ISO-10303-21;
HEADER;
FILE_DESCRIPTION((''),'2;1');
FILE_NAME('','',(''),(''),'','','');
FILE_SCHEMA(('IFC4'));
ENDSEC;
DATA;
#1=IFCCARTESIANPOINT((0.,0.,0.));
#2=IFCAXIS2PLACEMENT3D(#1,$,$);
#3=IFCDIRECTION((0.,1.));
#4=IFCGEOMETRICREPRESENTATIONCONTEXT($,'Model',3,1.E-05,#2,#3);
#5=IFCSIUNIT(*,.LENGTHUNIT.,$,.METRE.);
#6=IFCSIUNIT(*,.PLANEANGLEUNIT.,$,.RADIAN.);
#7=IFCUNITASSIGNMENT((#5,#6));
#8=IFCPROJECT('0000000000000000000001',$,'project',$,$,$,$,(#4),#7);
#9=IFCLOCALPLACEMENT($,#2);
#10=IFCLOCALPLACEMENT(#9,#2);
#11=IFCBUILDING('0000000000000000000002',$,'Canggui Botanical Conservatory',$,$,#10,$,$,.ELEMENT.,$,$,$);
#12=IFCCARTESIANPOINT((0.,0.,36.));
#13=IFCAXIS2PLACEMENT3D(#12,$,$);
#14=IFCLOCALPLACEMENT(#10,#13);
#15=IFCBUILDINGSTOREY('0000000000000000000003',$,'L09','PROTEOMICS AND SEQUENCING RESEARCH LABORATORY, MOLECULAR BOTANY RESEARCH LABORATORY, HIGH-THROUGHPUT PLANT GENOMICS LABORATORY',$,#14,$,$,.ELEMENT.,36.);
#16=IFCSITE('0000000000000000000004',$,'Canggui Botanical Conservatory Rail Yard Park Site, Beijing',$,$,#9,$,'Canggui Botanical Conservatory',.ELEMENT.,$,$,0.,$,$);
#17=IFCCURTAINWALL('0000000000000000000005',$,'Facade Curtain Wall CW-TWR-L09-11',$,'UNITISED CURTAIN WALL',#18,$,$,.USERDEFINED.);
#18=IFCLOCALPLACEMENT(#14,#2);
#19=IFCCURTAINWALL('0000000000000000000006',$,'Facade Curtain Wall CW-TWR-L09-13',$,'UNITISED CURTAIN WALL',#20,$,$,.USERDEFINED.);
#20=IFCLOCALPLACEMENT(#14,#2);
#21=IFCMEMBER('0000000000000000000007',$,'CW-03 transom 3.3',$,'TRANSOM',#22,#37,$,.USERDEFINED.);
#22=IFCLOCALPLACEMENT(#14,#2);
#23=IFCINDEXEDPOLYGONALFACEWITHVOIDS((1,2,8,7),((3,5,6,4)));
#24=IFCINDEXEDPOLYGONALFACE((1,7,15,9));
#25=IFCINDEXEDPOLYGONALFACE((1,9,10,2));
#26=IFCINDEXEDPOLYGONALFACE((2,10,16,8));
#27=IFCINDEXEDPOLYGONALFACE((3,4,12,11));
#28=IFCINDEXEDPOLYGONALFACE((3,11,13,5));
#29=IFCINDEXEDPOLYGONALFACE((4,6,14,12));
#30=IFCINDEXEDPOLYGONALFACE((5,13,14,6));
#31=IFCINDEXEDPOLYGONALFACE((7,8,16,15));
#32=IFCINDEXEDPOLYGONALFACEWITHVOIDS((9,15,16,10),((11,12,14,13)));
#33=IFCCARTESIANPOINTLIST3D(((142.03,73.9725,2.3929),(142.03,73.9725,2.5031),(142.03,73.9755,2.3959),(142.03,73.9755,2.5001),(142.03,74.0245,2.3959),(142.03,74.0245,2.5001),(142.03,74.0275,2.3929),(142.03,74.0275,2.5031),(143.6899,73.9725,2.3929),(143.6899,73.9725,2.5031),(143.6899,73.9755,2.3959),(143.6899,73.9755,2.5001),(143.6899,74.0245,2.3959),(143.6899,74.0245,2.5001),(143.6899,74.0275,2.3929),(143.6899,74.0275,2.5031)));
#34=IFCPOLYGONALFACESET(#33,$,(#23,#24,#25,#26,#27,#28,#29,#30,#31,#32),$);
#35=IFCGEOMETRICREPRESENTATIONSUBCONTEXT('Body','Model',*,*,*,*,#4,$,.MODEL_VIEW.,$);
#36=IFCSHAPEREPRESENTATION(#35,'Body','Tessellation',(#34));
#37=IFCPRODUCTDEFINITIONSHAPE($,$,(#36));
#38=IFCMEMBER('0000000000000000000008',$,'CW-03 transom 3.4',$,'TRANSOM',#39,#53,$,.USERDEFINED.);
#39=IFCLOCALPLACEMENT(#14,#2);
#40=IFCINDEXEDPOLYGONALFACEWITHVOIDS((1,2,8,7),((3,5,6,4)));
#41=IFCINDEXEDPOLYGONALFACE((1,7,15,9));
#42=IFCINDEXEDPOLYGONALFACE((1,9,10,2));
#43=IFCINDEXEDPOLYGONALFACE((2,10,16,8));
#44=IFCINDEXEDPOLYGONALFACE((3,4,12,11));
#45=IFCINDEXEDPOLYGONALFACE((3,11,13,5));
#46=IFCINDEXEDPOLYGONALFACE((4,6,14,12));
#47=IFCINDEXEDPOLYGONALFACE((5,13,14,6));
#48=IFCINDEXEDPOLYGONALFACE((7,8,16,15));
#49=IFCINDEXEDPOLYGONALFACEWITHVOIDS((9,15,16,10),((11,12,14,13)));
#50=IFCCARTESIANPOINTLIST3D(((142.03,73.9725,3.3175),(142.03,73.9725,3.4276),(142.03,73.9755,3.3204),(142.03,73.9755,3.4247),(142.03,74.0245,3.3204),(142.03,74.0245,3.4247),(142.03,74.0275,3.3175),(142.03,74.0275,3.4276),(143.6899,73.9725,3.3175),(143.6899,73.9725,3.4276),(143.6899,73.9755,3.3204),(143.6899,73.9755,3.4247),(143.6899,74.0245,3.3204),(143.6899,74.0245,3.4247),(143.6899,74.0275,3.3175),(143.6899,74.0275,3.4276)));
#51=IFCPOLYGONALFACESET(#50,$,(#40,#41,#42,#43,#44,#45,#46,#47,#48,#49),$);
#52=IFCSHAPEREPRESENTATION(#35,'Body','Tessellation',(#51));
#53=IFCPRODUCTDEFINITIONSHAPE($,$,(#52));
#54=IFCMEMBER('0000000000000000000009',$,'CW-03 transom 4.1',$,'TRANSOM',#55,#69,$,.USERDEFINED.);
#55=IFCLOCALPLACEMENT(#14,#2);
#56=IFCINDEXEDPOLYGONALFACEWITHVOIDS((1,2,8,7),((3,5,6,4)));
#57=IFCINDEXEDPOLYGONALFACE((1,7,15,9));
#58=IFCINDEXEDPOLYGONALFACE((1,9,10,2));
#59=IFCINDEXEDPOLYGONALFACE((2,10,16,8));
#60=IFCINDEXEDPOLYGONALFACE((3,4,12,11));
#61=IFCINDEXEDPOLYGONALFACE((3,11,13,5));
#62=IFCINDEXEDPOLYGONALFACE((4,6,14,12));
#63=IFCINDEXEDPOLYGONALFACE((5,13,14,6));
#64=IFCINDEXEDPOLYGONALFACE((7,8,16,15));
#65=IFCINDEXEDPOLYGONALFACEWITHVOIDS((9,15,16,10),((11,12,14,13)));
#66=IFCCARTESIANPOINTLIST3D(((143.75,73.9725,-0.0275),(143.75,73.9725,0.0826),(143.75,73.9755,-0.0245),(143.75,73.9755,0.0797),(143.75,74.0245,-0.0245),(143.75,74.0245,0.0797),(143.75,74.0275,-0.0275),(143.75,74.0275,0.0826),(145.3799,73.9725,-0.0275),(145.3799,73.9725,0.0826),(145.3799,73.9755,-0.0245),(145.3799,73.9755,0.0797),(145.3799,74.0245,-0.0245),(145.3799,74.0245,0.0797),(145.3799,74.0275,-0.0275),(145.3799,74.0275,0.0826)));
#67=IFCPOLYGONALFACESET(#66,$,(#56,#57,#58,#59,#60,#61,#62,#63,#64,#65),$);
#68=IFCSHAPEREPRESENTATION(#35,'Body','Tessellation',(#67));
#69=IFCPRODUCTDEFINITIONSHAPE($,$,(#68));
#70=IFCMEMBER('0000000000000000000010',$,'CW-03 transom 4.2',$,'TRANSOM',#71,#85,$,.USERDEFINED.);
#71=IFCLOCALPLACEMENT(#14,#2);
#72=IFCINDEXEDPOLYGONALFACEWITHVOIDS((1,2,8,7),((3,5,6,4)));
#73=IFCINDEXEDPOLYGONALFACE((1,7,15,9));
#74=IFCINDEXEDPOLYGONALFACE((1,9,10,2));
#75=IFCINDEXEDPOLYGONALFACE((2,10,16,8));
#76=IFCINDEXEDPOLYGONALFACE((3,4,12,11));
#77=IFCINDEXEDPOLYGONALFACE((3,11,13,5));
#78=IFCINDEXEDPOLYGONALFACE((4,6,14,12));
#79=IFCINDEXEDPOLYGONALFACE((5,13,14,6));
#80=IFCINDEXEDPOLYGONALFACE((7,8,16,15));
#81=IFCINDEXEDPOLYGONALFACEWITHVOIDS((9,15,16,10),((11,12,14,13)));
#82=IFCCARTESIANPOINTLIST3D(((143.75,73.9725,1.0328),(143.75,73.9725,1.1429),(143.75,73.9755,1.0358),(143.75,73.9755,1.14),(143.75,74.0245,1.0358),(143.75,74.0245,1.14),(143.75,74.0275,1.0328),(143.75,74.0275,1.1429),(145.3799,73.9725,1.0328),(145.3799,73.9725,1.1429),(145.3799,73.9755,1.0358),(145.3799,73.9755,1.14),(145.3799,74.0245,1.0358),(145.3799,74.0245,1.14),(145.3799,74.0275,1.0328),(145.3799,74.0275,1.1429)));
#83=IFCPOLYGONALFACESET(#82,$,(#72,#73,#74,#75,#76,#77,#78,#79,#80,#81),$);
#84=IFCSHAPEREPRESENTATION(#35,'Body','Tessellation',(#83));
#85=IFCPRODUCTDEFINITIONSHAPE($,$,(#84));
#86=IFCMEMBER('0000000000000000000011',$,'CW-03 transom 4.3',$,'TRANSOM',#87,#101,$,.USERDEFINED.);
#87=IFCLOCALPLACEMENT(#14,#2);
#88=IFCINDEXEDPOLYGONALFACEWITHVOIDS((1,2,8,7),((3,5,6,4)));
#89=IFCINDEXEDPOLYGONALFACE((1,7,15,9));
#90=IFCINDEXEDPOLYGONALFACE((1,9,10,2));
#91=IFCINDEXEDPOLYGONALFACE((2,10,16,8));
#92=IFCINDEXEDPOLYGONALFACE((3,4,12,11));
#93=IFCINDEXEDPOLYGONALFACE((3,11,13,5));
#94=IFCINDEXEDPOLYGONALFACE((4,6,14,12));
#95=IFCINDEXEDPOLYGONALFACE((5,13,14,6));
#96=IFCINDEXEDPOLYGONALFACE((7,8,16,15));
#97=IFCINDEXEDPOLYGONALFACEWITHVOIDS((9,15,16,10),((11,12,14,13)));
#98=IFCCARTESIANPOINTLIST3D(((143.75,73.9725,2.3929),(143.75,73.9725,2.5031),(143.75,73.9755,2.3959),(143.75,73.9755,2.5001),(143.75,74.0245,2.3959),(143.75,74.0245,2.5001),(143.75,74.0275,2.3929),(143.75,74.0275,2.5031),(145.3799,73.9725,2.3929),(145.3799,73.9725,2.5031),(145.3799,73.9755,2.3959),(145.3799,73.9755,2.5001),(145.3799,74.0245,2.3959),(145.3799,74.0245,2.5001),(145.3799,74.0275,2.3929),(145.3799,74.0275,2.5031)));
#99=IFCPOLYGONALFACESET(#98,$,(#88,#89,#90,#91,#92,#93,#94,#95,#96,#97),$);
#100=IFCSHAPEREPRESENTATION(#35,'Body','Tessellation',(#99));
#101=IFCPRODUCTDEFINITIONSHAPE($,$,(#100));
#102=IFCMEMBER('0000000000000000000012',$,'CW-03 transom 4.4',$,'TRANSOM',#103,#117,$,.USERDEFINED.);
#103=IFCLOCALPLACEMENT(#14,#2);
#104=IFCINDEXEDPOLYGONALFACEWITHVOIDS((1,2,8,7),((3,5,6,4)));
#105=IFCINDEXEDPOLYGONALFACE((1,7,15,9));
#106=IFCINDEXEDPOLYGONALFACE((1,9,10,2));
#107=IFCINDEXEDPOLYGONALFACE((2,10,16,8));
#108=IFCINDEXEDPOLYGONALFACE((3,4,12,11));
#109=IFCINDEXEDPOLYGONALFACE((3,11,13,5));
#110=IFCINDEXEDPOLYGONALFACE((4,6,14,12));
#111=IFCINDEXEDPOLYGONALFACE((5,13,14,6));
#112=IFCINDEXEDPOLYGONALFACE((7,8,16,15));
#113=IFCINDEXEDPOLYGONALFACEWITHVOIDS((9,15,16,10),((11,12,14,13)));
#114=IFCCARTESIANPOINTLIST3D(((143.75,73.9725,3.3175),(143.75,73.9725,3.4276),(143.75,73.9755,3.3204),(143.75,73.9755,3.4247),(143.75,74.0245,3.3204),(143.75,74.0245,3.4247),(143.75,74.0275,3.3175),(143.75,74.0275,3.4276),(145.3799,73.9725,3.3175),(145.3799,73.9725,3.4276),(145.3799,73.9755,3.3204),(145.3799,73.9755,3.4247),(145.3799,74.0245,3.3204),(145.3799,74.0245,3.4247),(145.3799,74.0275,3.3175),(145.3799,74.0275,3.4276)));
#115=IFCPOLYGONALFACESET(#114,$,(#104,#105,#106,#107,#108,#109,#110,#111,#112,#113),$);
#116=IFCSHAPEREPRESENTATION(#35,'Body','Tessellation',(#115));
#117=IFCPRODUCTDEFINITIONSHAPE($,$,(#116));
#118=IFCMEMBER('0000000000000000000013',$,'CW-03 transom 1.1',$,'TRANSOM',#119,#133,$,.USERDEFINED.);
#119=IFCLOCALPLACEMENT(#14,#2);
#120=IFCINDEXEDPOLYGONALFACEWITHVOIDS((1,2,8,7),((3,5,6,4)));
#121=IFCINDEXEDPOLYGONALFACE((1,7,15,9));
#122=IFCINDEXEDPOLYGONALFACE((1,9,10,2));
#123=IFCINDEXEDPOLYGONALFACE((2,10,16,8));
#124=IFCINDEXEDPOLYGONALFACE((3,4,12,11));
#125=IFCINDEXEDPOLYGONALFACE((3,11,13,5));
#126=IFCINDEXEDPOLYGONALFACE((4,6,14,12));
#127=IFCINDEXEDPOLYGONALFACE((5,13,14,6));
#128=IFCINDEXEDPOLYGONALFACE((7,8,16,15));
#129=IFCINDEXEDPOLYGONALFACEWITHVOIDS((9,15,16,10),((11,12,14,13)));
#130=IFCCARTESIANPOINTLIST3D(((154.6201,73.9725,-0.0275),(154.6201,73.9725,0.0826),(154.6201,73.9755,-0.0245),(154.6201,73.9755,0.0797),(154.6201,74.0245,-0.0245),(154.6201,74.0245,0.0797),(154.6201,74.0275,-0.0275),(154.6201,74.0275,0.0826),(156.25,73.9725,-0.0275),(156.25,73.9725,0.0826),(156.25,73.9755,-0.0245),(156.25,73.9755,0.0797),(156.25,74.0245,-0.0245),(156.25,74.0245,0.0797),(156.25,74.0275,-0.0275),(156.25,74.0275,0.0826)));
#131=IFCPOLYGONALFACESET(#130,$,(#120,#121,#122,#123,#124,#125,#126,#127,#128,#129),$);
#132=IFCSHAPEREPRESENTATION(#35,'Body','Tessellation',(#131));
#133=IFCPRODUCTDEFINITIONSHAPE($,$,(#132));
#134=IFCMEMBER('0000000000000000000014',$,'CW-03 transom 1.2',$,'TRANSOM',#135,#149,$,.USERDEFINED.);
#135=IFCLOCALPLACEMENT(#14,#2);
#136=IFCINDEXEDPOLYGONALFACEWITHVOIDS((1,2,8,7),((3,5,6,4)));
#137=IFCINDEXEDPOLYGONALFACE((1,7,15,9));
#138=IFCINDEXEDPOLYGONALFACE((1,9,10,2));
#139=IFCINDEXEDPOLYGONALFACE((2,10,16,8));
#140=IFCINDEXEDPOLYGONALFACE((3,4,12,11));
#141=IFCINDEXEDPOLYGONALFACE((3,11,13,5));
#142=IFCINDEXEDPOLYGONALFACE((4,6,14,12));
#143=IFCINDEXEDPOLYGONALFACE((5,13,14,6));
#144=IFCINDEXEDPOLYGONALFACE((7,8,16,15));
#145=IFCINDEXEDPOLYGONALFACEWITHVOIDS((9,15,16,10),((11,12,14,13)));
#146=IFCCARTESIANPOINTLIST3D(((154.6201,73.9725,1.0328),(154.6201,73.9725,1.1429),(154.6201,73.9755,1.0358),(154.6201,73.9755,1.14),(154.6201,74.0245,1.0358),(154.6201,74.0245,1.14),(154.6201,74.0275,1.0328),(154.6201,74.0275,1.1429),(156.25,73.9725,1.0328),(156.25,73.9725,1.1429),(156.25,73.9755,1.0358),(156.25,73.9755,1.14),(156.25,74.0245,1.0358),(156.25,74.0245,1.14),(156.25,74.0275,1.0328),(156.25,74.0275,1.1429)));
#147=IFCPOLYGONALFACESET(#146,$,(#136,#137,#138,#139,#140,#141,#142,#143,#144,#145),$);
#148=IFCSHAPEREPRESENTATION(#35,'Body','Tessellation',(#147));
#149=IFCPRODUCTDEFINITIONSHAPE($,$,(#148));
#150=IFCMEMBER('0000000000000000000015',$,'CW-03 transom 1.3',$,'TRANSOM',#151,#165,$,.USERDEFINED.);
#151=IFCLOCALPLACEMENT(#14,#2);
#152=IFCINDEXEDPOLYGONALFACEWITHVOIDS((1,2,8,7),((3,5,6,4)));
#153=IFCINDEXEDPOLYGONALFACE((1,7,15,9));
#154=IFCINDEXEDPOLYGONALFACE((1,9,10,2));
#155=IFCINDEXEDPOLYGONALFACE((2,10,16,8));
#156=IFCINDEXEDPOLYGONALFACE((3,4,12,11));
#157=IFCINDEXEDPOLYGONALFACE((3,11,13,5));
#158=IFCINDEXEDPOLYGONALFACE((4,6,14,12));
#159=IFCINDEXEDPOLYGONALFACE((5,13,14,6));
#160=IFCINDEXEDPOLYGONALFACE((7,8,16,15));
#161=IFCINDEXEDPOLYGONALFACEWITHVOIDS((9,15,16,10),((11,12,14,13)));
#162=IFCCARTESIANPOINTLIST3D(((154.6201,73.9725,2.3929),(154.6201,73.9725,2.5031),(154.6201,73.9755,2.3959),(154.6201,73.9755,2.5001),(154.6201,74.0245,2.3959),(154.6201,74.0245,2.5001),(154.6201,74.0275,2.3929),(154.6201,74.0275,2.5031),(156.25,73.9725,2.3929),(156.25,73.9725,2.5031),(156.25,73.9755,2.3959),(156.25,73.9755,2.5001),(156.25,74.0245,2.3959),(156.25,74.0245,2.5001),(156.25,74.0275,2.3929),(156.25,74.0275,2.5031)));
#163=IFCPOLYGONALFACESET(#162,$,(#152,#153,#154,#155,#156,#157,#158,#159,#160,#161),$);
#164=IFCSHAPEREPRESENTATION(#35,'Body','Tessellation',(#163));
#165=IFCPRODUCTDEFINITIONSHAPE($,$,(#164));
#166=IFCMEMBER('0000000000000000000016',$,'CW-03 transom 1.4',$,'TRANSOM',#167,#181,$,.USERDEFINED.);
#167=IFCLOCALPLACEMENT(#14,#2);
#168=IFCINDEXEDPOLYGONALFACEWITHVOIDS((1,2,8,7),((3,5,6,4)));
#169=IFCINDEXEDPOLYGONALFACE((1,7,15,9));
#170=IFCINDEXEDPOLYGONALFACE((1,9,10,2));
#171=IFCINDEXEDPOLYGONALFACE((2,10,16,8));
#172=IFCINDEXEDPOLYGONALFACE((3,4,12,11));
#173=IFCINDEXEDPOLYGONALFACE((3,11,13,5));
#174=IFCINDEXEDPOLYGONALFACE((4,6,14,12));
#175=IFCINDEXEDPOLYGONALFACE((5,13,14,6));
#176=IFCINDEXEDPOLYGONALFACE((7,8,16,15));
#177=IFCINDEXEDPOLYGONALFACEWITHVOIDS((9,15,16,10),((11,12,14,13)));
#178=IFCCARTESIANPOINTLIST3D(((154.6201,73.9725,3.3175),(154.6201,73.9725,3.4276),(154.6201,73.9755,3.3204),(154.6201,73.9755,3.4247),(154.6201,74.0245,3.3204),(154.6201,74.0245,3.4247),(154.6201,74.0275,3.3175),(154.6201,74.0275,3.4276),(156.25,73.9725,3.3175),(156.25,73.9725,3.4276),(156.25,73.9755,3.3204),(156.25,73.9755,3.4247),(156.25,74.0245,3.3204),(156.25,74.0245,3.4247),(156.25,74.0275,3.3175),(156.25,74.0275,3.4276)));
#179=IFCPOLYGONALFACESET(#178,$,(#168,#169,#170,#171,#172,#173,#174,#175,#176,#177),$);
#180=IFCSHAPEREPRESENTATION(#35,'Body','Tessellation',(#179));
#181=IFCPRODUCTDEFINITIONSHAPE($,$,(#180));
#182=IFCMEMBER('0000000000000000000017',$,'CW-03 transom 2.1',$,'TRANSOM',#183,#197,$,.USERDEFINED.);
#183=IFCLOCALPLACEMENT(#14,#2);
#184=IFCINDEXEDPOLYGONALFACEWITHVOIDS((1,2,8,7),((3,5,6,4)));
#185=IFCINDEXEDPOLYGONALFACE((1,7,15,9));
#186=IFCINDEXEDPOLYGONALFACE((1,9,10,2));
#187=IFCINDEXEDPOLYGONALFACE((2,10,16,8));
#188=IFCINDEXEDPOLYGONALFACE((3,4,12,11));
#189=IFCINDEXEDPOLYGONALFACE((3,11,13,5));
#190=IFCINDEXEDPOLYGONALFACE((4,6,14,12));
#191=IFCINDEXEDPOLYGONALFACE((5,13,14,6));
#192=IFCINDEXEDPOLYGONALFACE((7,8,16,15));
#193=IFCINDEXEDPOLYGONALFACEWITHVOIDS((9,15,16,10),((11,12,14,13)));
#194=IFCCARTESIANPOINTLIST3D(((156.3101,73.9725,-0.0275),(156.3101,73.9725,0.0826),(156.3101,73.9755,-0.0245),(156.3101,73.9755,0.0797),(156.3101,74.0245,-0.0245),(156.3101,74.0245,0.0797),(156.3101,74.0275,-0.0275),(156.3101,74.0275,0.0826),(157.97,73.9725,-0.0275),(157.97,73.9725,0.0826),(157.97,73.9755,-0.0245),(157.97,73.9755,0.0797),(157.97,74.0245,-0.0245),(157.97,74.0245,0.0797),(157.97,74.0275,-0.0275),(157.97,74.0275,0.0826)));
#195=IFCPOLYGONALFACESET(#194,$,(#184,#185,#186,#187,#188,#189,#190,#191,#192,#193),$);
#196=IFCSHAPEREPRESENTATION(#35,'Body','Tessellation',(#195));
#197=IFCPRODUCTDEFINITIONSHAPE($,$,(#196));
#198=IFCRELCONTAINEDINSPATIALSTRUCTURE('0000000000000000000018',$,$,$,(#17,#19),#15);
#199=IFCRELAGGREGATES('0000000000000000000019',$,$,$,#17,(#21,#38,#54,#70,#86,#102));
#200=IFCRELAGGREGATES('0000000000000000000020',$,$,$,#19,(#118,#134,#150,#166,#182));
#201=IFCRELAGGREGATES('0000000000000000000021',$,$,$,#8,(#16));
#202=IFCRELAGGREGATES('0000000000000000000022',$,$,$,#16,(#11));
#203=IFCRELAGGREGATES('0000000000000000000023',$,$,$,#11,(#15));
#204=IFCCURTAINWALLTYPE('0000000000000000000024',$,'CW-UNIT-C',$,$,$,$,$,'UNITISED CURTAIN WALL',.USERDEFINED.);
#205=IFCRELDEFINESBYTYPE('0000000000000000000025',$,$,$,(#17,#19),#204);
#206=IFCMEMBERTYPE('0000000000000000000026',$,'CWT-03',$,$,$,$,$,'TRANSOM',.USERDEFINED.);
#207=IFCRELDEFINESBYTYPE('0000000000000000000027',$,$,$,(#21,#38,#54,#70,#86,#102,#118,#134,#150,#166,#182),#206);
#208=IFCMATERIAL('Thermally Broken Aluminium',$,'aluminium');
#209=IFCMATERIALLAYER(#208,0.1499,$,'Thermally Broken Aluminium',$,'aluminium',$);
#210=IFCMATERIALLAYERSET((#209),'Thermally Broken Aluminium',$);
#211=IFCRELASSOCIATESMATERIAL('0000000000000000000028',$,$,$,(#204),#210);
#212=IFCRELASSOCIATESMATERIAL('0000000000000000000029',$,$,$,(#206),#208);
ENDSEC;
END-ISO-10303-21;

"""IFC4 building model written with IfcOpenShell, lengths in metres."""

from ifc_helpers import new_model, si_unit, direction, frame, origin, origin_2d, place, context, subcontext, project, spatial, hollow_rectangle, extrude, material, layer, layer_set, material_profile, profile_set, type_object, element, aggregate, save


model = new_model("IFC4")

# Units and contexts
model_context = context("Model", 3, precision=1e-05, world=origin(), true_north=direction((0.0, 1.0)))
body_context = subcontext(model_context, "Body", "Model", "MODEL_VIEW")
ifc_project = project(units=[si_unit("LENGTHUNIT", "METRE"), si_unit("PLANEANGLEUNIT", "RADIAN")], contexts=[model_context])

# Site, building, storey
site_placement = place(None, origin())
site = spatial("IfcSite", under=ifc_project, at=site_placement, Name="Canggui Botanical Conservatory Rail Yard Park Site, Beijing", LongName="Canggui Botanical Conservatory", CompositionType="ELEMENT", RefElevation=0.0)
building_placement = place(site_placement, origin())
building = spatial("IfcBuilding", under=site, at=building_placement, Name="Canggui Botanical Conservatory", CompositionType="ELEMENT")
storey_placement = place(building_placement, frame((0.0, 0.0, 36.0)))
storey = spatial("IfcBuildingStorey", under=building, at=storey_placement, Name="L09", Description="PROTEOMICS AND SEQUENCING RESEARCH LABORATORY, MOLECULAR BOTANY RESEARCH LABORATORY, HIGH-THROUGHPUT PLANT GENOMICS LABORATORY", CompositionType="ELEMENT", Elevation=36.0)

# Curtain walls
ifc_material_1 = material(Name="Thermally Broken Aluminium", Category="aluminium")
ifc_layer_1 = layer(ifc_material_1, 0.1499, Name="Thermally Broken Aluminium", Category="aluminium")
ifc_layer_set_1 = layer_set([ifc_layer_1], Name="Thermally Broken Aluminium")
curtain_wall_type = type_object("IfcCurtainWallType", Name="CW-UNIT-C", ElementType="UNITISED CURTAIN WALL", PredefinedType="USERDEFINED", material=ifc_layer_set_1)
curtain_wall_1_placement = place(storey_placement, origin())
curtain_wall_1 = element("IfcCurtainWall", 1, at=curtain_wall_1_placement, inside=storey, type_object=curtain_wall_type, Name="Facade Curtain Wall CW-TWR-L09-11", ObjectType="UNITISED CURTAIN WALL", PredefinedType="USERDEFINED")
curtain_wall_2_placement = place(storey_placement, origin())
curtain_wall_2 = element("IfcCurtainWall", 2, at=curtain_wall_2_placement, inside=storey, type_object=curtain_wall_type, Name="Facade Curtain Wall CW-TWR-L09-13", ObjectType="UNITISED CURTAIN WALL", PredefinedType="USERDEFINED")

# Members
ifc_material_profile_1 = material_profile(ifc_material_1, hollow_rectangle(XDim=0.0549, YDim=0.1101, WallThickness=0.0029, at=origin_2d()), Name="CWT 55x110x3")
ifc_profile_set_1 = profile_set([ifc_material_profile_1], Name="Thermally Broken Aluminium")
member_type_1 = type_object("IfcMemberType", Name="CWT-03", ElementType="TRANSOM", PredefinedType="USERDEFINED", material=ifc_profile_set_1)
member_1_placement = place(storey_placement, frame((142.03, 74.0, 2.448), z_axis=(1.0, 0.0, 0.0), x_axis=(0.0, 1.0, 0.0)))
member_1 = element("IfcMember", 3, at=member_1_placement, type_object=member_type_1, Name="CW-03 transom 3.3", ObjectType="TRANSOM", PredefinedType="USERDEFINED", context=body_context, shape_type="SweptSolid", body=[
    extrude(hollow_rectangle(XDim=0.0549, YDim=0.1101, WallThickness=0.0029, at=origin_2d()), origin(), (0.0, 0.0, 1.0), 1.6599),
])
member_2_placement = place(storey_placement, frame((142.03, 74.0, 3.3726), z_axis=(1.0, 0.0, 0.0), x_axis=(0.0, 1.0, 0.0)))
member_2 = element("IfcMember", 4, at=member_2_placement, type_object=member_type_1, Name="CW-03 transom 3.4", ObjectType="TRANSOM", PredefinedType="USERDEFINED", context=body_context, shape_type="SweptSolid", body=[
    extrude(hollow_rectangle(XDim=0.0549, YDim=0.1101, WallThickness=0.0029, at=origin_2d()), origin(), (0.0, 0.0, 1.0), 1.6599),
])
member_3_placement = place(storey_placement, frame((143.75, 74.0, 0.0276), z_axis=(1.0, 0.0, 0.0), x_axis=(0.0, 1.0, 0.0)))
member_3 = element("IfcMember", 5, at=member_3_placement, type_object=member_type_1, Name="CW-03 transom 4.1", ObjectType="TRANSOM", PredefinedType="USERDEFINED", context=body_context, shape_type="SweptSolid", body=[
    extrude(hollow_rectangle(XDim=0.0549, YDim=0.1101, WallThickness=0.0029, at=origin_2d()), origin(), (0.0, 0.0, 1.0), 1.6299),
])
member_4_placement = place(storey_placement, frame((143.75, 74.0, 1.0879), z_axis=(1.0, 0.0, 0.0), x_axis=(0.0, 1.0, 0.0)))
member_4 = element("IfcMember", 6, at=member_4_placement, type_object=member_type_1, Name="CW-03 transom 4.2", ObjectType="TRANSOM", PredefinedType="USERDEFINED", context=body_context, shape_type="SweptSolid", body=[
    extrude(hollow_rectangle(XDim=0.0549, YDim=0.1101, WallThickness=0.0029, at=origin_2d()), origin(), (0.0, 0.0, 1.0), 1.6299),
])
member_5_placement = place(storey_placement, frame((143.75, 74.0, 2.448), z_axis=(1.0, 0.0, 0.0), x_axis=(0.0, 1.0, 0.0)))
member_5 = element("IfcMember", 7, at=member_5_placement, type_object=member_type_1, Name="CW-03 transom 4.3", ObjectType="TRANSOM", PredefinedType="USERDEFINED", context=body_context, shape_type="SweptSolid", body=[
    extrude(hollow_rectangle(XDim=0.0549, YDim=0.1101, WallThickness=0.0029, at=origin_2d()), origin(), (0.0, 0.0, 1.0), 1.6299),
])
member_6_placement = place(storey_placement, frame((143.75, 74.0, 3.3726), z_axis=(1.0, 0.0, 0.0), x_axis=(0.0, 1.0, 0.0)))
member_6 = element("IfcMember", 8, at=member_6_placement, type_object=member_type_1, Name="CW-03 transom 4.4", ObjectType="TRANSOM", PredefinedType="USERDEFINED", context=body_context, shape_type="SweptSolid", body=[
    extrude(hollow_rectangle(XDim=0.0549, YDim=0.1101, WallThickness=0.0029, at=origin_2d()), origin(), (0.0, 0.0, 1.0), 1.6299),
])
member_7_placement = place(storey_placement, frame((154.6201, 74.0, 0.0276), z_axis=(1.0, 0.0, 0.0), x_axis=(0.0, 1.0, 0.0)))
member_7 = element("IfcMember", 9, at=member_7_placement, type_object=member_type_1, Name="CW-03 transom 1.1", ObjectType="TRANSOM", PredefinedType="USERDEFINED", context=body_context, shape_type="SweptSolid", body=[
    extrude(hollow_rectangle(XDim=0.0549, YDim=0.1101, WallThickness=0.0029, at=origin_2d()), origin(), (0.0, 0.0, 1.0), 1.6299),
])
member_8_placement = place(storey_placement, frame((154.6201, 74.0, 1.0879), z_axis=(1.0, 0.0, 0.0), x_axis=(0.0, 1.0, 0.0)))
member_8 = element("IfcMember", 10, at=member_8_placement, type_object=member_type_1, Name="CW-03 transom 1.2", ObjectType="TRANSOM", PredefinedType="USERDEFINED", context=body_context, shape_type="SweptSolid", body=[
    extrude(hollow_rectangle(XDim=0.0549, YDim=0.1101, WallThickness=0.0029, at=origin_2d()), origin(), (0.0, 0.0, 1.0), 1.6299),
])
member_9_placement = place(storey_placement, frame((154.6201, 74.0, 2.448), z_axis=(1.0, 0.0, 0.0), x_axis=(0.0, 1.0, 0.0)))
member_9 = element("IfcMember", 11, at=member_9_placement, type_object=member_type_1, Name="CW-03 transom 1.3", ObjectType="TRANSOM", PredefinedType="USERDEFINED", context=body_context, shape_type="SweptSolid", body=[
    extrude(hollow_rectangle(XDim=0.0549, YDim=0.1101, WallThickness=0.0029, at=origin_2d()), origin(), (0.0, 0.0, 1.0), 1.6299),
])
member_10_placement = place(storey_placement, frame((154.6201, 74.0, 3.3726), z_axis=(1.0, 0.0, 0.0), x_axis=(0.0, 1.0, 0.0)))
member_10 = element("IfcMember", 12, at=member_10_placement, type_object=member_type_1, Name="CW-03 transom 1.4", ObjectType="TRANSOM", PredefinedType="USERDEFINED", context=body_context, shape_type="SweptSolid", body=[
    extrude(hollow_rectangle(XDim=0.0549, YDim=0.1101, WallThickness=0.0029, at=origin_2d()), origin(), (0.0, 0.0, 1.0), 1.6299),
])
member_11_placement = place(storey_placement, frame((156.3101, 74.0, 0.0276), z_axis=(1.0, 0.0, 0.0), x_axis=(0.0, 1.0, 0.0)))
member_11 = element("IfcMember", 13, at=member_11_placement, type_object=member_type_1, Name="CW-03 transom 2.1", ObjectType="TRANSOM", PredefinedType="USERDEFINED", context=body_context, shape_type="SweptSolid", body=[
    extrude(hollow_rectangle(XDim=0.0549, YDim=0.1101, WallThickness=0.0029, at=origin_2d()), origin(), (0.0, 0.0, 1.0), 1.6599),
])

aggregate(curtain_wall_1, [member_1, member_2, member_3, member_4, member_5, member_6])
aggregate(curtain_wall_2, [member_7, member_8, member_9, member_10, member_11])

save(model, "model.ifc")
